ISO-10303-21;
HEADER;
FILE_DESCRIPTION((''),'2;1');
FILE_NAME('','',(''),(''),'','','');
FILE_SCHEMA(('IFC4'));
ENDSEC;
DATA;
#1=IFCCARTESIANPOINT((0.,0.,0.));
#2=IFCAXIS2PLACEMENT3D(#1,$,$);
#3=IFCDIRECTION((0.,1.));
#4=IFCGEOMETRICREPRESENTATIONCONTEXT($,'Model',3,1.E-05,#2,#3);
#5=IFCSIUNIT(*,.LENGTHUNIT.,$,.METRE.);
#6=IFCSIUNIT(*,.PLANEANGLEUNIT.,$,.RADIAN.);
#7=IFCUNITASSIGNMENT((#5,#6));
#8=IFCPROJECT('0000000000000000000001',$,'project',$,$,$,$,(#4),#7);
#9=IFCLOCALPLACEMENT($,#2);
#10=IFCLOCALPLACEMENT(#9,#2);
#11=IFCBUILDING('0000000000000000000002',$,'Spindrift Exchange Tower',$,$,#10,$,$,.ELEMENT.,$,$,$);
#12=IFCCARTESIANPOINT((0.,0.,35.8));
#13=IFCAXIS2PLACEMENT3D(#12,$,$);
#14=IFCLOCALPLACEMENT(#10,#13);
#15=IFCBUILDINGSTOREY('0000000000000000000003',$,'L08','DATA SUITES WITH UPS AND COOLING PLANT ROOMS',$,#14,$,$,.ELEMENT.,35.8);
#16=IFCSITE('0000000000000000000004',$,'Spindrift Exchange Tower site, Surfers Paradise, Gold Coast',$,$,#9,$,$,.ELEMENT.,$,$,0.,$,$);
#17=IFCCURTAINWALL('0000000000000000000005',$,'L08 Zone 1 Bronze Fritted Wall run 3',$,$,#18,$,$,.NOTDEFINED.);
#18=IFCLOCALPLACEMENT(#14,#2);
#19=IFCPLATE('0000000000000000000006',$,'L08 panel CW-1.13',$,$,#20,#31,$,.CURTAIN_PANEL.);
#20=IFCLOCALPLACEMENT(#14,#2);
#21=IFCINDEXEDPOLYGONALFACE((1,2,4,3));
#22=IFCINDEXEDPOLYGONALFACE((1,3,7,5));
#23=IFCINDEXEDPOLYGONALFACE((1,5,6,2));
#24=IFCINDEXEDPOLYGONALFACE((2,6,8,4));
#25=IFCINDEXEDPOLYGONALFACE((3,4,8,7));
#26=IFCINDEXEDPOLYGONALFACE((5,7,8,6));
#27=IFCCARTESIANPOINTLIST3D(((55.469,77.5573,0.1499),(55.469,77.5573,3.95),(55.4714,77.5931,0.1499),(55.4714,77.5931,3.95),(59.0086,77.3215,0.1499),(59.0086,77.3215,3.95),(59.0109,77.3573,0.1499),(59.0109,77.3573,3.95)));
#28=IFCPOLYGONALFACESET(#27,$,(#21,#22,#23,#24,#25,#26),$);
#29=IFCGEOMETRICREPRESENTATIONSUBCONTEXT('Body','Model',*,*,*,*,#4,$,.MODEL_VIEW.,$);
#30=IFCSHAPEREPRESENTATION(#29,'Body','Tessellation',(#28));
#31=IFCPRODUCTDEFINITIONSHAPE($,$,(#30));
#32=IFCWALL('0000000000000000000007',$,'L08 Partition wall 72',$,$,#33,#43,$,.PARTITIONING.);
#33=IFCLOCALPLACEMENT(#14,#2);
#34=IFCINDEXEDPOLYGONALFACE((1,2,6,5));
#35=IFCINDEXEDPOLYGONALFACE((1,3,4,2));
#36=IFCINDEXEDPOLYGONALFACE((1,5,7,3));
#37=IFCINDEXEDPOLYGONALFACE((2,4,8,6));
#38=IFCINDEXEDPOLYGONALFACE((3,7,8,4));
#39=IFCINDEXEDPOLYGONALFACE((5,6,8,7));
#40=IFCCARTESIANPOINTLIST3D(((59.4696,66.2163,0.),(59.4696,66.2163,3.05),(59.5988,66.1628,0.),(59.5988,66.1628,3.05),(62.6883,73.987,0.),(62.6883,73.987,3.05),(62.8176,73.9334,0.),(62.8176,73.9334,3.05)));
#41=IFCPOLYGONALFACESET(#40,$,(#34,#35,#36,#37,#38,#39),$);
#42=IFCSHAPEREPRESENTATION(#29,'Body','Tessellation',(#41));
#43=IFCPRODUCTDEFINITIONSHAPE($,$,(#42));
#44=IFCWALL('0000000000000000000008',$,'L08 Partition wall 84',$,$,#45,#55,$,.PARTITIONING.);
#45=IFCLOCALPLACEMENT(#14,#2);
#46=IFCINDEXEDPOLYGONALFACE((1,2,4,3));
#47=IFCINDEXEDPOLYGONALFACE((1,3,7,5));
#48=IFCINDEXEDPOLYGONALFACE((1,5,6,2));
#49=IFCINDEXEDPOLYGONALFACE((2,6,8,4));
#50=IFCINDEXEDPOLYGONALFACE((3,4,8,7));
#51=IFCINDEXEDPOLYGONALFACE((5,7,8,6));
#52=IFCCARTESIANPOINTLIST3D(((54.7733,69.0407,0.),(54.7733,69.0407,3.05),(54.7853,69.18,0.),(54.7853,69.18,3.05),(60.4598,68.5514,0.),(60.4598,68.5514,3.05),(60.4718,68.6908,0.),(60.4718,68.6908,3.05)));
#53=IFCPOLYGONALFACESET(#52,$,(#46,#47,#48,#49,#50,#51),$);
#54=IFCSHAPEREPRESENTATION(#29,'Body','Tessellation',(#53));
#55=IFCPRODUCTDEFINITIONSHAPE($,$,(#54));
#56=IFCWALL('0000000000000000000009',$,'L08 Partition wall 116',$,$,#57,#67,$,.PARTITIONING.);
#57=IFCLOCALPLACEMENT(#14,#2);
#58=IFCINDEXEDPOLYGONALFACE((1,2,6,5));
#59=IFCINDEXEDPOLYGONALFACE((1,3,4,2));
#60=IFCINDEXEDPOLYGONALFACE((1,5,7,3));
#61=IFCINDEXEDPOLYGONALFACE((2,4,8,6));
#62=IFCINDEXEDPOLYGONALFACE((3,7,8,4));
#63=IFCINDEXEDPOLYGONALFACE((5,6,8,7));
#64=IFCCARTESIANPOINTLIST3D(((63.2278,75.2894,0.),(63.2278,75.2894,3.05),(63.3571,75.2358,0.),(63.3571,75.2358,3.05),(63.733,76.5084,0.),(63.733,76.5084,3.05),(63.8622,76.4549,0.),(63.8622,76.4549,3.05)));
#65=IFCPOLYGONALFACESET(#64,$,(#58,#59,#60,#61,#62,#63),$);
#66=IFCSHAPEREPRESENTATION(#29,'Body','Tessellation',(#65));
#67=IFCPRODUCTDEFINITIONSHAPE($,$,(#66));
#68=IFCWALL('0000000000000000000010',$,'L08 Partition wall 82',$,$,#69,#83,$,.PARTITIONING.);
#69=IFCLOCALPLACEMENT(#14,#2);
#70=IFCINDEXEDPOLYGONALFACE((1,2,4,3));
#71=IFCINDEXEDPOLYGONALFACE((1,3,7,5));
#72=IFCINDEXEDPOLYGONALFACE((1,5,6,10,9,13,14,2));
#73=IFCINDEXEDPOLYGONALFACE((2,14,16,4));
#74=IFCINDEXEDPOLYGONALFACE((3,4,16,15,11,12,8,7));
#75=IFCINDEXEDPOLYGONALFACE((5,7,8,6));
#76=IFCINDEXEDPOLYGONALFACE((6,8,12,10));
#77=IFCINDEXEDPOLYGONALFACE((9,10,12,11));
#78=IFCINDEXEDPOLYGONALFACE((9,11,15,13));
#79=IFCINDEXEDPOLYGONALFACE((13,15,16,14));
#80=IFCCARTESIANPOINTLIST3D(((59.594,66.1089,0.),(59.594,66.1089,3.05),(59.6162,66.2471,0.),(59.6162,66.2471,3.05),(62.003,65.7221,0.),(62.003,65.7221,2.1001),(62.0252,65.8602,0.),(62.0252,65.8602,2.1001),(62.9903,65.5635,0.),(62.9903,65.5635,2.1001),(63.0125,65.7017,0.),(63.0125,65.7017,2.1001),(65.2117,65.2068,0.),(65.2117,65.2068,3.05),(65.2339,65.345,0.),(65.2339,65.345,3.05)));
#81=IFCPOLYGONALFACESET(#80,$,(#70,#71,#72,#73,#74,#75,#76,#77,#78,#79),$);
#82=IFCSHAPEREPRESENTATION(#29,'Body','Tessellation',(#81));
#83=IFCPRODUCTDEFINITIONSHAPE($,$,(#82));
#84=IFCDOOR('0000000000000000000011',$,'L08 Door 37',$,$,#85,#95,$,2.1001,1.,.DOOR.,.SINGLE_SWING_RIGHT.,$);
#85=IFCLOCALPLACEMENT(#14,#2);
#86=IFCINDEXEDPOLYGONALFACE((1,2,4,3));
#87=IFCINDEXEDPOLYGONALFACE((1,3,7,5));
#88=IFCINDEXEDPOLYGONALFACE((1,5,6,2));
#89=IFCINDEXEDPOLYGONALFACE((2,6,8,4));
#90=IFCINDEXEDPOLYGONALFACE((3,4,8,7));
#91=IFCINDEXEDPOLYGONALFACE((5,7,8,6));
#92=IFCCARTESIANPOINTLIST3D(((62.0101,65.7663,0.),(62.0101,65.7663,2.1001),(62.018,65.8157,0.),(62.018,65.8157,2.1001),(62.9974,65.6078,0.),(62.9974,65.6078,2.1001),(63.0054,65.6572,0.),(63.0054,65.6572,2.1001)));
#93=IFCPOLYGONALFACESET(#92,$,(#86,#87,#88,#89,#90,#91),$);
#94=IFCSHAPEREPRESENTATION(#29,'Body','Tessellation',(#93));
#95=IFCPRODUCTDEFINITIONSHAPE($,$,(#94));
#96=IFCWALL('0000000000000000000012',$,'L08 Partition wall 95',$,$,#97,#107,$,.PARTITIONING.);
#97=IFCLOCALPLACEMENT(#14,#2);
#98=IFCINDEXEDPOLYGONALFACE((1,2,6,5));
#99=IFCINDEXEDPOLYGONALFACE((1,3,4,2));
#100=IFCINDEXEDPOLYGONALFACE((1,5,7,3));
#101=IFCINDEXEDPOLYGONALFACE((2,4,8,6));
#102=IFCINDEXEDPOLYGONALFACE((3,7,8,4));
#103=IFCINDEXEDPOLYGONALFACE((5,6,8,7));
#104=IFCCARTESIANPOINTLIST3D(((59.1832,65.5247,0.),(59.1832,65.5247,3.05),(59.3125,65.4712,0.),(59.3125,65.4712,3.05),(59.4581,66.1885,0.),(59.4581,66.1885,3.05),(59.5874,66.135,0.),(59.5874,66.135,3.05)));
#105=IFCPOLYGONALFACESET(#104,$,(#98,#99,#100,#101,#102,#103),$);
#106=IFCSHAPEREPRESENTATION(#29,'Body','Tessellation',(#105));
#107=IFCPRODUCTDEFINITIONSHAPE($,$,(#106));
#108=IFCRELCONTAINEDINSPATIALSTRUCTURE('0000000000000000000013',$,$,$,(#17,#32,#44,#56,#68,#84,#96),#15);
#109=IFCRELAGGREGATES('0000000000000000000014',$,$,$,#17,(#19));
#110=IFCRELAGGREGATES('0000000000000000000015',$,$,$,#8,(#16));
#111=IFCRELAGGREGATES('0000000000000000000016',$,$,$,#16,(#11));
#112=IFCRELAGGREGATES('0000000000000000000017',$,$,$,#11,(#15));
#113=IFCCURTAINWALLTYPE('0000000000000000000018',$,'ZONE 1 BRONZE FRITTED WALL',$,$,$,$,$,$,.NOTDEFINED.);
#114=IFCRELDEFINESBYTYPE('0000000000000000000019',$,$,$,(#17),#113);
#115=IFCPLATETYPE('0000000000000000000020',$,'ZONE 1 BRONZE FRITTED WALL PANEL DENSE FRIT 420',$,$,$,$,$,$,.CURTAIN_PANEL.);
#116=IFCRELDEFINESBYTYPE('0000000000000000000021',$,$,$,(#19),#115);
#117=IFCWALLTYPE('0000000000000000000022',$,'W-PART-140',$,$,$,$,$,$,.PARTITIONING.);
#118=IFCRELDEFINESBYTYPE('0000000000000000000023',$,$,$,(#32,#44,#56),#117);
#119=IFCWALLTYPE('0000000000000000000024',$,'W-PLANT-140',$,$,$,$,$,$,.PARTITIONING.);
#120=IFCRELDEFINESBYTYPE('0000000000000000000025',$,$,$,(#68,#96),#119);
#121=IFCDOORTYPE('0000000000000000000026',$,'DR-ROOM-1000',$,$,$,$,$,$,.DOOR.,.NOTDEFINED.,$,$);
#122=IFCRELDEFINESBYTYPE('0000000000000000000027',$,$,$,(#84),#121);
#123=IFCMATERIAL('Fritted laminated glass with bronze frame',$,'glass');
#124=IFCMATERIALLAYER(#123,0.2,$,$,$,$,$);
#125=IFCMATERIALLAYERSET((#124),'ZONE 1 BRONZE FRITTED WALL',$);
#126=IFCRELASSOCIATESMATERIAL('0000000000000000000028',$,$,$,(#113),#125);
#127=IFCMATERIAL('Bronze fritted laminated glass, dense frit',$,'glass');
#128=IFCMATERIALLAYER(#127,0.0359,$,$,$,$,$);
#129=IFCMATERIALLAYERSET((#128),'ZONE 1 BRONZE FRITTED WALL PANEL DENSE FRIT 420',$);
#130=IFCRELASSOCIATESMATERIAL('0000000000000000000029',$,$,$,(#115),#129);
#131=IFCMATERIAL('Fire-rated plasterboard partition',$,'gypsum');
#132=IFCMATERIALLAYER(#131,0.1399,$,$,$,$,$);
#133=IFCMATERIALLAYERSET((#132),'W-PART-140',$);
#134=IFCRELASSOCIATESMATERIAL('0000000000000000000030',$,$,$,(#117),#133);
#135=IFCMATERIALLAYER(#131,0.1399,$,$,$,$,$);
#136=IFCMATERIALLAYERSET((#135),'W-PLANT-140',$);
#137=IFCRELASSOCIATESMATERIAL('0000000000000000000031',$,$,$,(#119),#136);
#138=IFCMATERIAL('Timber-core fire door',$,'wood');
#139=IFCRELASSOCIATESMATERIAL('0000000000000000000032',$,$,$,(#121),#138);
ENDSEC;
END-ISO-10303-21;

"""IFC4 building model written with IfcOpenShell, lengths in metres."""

from ifc_helpers import new_model, si_unit, direction, frame, frame_2d, origin, origin_2d, place, context, subcontext, project, spatial, rectangle, extrude, source, transform, mapped, material, layer, layer_set, type_object, element, fill, aggregate, save


model = new_model("IFC4")

# Units and contexts
model_context = context("Model", 3, precision=1e-05, world=origin(), true_north=direction((0.0, 1.0)))
body_context = subcontext(model_context, "Body", "Model", "MODEL_VIEW")
ifc_project = project(units=[si_unit("LENGTHUNIT", "METRE"), si_unit("PLANEANGLEUNIT", "RADIAN")], contexts=[model_context])

# Site, building, storey
site_placement = place(None, origin())
site = spatial("IfcSite", under=ifc_project, at=site_placement, Name="Spindrift Exchange Tower site, Surfers Paradise, Gold Coast", CompositionType="ELEMENT", RefElevation=0.0)
building_placement = place(site_placement, origin())
building = spatial("IfcBuilding", under=site, at=building_placement, Name="Spindrift Exchange Tower", CompositionType="ELEMENT")
storey_placement = place(building_placement, frame((0.0, 0.0, 35.8)))
storey = spatial("IfcBuildingStorey", under=building, at=storey_placement, Name="L08", Description="DATA SUITES WITH UPS AND COOLING PLANT ROOMS", CompositionType="ELEMENT", Elevation=35.8)

# Curtain wall
ifc_material_1 = material(Name="Fritted laminated glass with bronze frame", Category="glass")
ifc_layer_1 = layer(ifc_material_1, 0.2)
ifc_layer_set_1 = layer_set([ifc_layer_1], Name="ZONE 1 BRONZE FRITTED WALL")
curtain_wall_type = type_object("IfcCurtainWallType", Name="ZONE 1 BRONZE FRITTED WALL", PredefinedType="NOTDEFINED", material=ifc_layer_set_1)
curtain_wall_1_placement = place(storey_placement, origin())
curtain_wall_1 = element("IfcCurtainWall", 1, at=curtain_wall_1_placement, inside=storey, type_object=curtain_wall_type, Name="L08 Zone 1 Bronze Fritted Wall run 3", PredefinedType="NOTDEFINED")

# Plate
ifc_material_2 = material(Name="Bronze fritted laminated glass, dense frit", Category="glass")
ifc_layer_2 = layer(ifc_material_2, 0.0359)
ifc_layer_set_2 = layer_set([ifc_layer_2], Name="ZONE 1 BRONZE FRITTED WALL PANEL DENSE FRIT 420")
plate_type_1 = type_object("IfcPlateType", Name="ZONE 1 BRONZE FRITTED WALL PANEL DENSE FRIT 420", PredefinedType="CURTAIN_PANEL", material=ifc_layer_set_2)
shared_shape_1 = source(origin(), body_context, "Body", "SweptSolid", [
    extrude(rectangle(XDim=3.5474, YDim=0.0359, at=origin_2d()), origin(), (0.0, 0.0, 1.0), 3.8),
])
plate_1_placement = place(storey_placement, frame((57.24, 77.4573, 0.1499), z_axis=(0.0, 0.0, 1.0), x_axis=(-0.997789, 0.066467, 0.0)))
plate_1 = element("IfcPlate", 2, at=plate_1_placement, type_object=plate_type_1, Name="L08 panel CW-1.13", PredefinedType="CURTAIN_PANEL", context=body_context, shape_type="MappedRepresentation", body=[
    mapped(shared_shape_1, transform((0.0, 0.0, 0.0), scale=1.0)),
])
aggregate(curtain_wall_1, [plate_1])

# Walls
ifc_material_3 = material(Name="Fire-rated plasterboard partition", Category="gypsum")
ifc_layer_3 = layer(ifc_material_3, 0.1399)
ifc_layer_set_3 = layer_set([ifc_layer_3], Name="W-PART-140")
wall_type_1 = type_object("IfcWallType", Name="W-PART-140", PredefinedType="PARTITIONING", material=ifc_layer_set_3)
wall_1_placement = place(storey_placement, frame((59.5342, 66.1895, 0.0), z_axis=(0.0, 0.0, 1.0), x_axis=(0.382683, 0.92388, 0.0)))
element("IfcWall", 3, at=wall_1_placement, inside=storey, type_object=wall_type_1, Name="L08 Partition wall 72", PredefinedType="PARTITIONING", context=body_context, shape_type="SweptSolid", body=[
    extrude(rectangle(XDim=8.4109, YDim=0.1399, at=frame_2d((4.2056, 0.0))), origin(), (0.0, 0.0, 1.0), 3.05),
])
wall_2_placement = place(storey_placement, frame((60.4658, 68.6211, 0.0), z_axis=(0.0, 0.0, 1.0), x_axis=(-0.996319, 0.085721, 0.0)))
element("IfcWall", 4, at=wall_2_placement, inside=storey, type_object=wall_type_1, Name="L08 Partition wall 84", PredefinedType="PARTITIONING", context=body_context, shape_type="SweptSolid", body=[
    extrude(rectangle(XDim=5.7075, YDim=0.1399, at=frame_2d((2.8538, 0.0))), origin(), (0.0, 0.0, 1.0), 3.05),
])
wall_3_placement = place(storey_placement, frame((63.2925, 75.2627, 0.0), z_axis=(0.0, 0.0, 1.0), x_axis=(0.382815, 0.923825, 0.0)))
element("IfcWall", 5, at=wall_3_placement, inside=storey, type_object=wall_type_1, Name="L08 Partition wall 116", PredefinedType="PARTITIONING", context=body_context, shape_type="SweptSolid", body=[
    extrude(rectangle(XDim=1.3196, YDim=0.1399, at=frame_2d((0.6597, 0.0))), origin(), (0.0, 0.0, 1.0), 3.05),
])

# Wall, opening, door
ifc_layer_4 = layer(ifc_material_3, 0.1399)
ifc_layer_set_4 = layer_set([ifc_layer_4], Name="W-PLANT-140")
wall_type_2 = type_object("IfcWallType", Name="W-PLANT-140", PredefinedType="PARTITIONING", material=ifc_layer_set_4)
wall_4_placement = place(storey_placement, frame((59.6052, 66.178, 0.0), z_axis=(0.0, 0.0, 1.0), x_axis=(0.987351, -0.158551, 0.0)))
wall_4 = element("IfcWall", 6, at=wall_4_placement, inside=storey, type_object=wall_type_2, Name="L08 Partition wall 82", PredefinedType="PARTITIONING", context=body_context, shape_type="SweptSolid", body=[
    extrude(rectangle(XDim=5.6897, YDim=0.1399, at=frame_2d((2.8447, 0.0))), origin(), (0.0, 0.0, 1.0), 3.05),
])
opening_placement = place(wall_4_placement, frame((2.4397, 0.0, 0.0)))
opening = element("IfcOpeningElement", 7, at=opening_placement, cuts=wall_4, PredefinedType="OPENING", context=body_context, shape_type="SweptSolid", body=[
    extrude(rectangle(XDim=1.0, YDim=2.1001, at=frame_2d((0.5, 1.05))), frame((0.0, 0.0798, 0.0), z_axis=(0.0, -1.0, 0.0), x_axis=(1.0, 0.0, 0.0)), (0.0, 0.0, 1.0), 0.1599),
])
ifc_material_4 = material(Name="Timber-core fire door", Category="wood")
door_type = type_object("IfcDoorType", Name="DR-ROOM-1000", OperationType="NOTDEFINED", PredefinedType="DOOR", material=ifc_material_4)
shared_shape_2 = source(origin(), body_context, "Body", "SweptSolid", [
    extrude(rectangle(XDim=1.0, YDim=2.1001, at=frame_2d((0.5, 1.05))), frame((0.0, 0.0249, 0.0), z_axis=(0.0, -1.0, 0.0), x_axis=(1.0, 0.0, 0.0)), (0.0, 0.0, 1.0), 0.05),
])
door_placement = place(opening_placement, origin())
door = element("IfcDoor", 8, at=door_placement, inside=storey, type_object=door_type, Name="L08 Door 37", OperationType="SINGLE_SWING_RIGHT", OverallHeight=2.1001, OverallWidth=1.0, PredefinedType="DOOR", context=body_context, shape_type="MappedRepresentation", body=[
    mapped(shared_shape_2, transform((0.0, 0.0, 0.0), scale=1.0)),
])
fill(opening, door)

# Wall
wall_5_placement = place(storey_placement, frame((59.2478, 65.4978, 0.0), z_axis=(0.0, 0.0, 1.0), x_axis=(0.382612, 0.923909, 0.0)))
element("IfcWall", 9, at=wall_5_placement, inside=storey, type_object=wall_type_2, Name="L08 Partition wall 95", PredefinedType="PARTITIONING", context=body_context, shape_type="SweptSolid", body=[
    extrude(rectangle(XDim=0.7185, YDim=0.1399, at=frame_2d((0.3594, 0.0))), origin(), (0.0, 0.0, 1.0), 3.05),
])

save(model, "model.ifc")
